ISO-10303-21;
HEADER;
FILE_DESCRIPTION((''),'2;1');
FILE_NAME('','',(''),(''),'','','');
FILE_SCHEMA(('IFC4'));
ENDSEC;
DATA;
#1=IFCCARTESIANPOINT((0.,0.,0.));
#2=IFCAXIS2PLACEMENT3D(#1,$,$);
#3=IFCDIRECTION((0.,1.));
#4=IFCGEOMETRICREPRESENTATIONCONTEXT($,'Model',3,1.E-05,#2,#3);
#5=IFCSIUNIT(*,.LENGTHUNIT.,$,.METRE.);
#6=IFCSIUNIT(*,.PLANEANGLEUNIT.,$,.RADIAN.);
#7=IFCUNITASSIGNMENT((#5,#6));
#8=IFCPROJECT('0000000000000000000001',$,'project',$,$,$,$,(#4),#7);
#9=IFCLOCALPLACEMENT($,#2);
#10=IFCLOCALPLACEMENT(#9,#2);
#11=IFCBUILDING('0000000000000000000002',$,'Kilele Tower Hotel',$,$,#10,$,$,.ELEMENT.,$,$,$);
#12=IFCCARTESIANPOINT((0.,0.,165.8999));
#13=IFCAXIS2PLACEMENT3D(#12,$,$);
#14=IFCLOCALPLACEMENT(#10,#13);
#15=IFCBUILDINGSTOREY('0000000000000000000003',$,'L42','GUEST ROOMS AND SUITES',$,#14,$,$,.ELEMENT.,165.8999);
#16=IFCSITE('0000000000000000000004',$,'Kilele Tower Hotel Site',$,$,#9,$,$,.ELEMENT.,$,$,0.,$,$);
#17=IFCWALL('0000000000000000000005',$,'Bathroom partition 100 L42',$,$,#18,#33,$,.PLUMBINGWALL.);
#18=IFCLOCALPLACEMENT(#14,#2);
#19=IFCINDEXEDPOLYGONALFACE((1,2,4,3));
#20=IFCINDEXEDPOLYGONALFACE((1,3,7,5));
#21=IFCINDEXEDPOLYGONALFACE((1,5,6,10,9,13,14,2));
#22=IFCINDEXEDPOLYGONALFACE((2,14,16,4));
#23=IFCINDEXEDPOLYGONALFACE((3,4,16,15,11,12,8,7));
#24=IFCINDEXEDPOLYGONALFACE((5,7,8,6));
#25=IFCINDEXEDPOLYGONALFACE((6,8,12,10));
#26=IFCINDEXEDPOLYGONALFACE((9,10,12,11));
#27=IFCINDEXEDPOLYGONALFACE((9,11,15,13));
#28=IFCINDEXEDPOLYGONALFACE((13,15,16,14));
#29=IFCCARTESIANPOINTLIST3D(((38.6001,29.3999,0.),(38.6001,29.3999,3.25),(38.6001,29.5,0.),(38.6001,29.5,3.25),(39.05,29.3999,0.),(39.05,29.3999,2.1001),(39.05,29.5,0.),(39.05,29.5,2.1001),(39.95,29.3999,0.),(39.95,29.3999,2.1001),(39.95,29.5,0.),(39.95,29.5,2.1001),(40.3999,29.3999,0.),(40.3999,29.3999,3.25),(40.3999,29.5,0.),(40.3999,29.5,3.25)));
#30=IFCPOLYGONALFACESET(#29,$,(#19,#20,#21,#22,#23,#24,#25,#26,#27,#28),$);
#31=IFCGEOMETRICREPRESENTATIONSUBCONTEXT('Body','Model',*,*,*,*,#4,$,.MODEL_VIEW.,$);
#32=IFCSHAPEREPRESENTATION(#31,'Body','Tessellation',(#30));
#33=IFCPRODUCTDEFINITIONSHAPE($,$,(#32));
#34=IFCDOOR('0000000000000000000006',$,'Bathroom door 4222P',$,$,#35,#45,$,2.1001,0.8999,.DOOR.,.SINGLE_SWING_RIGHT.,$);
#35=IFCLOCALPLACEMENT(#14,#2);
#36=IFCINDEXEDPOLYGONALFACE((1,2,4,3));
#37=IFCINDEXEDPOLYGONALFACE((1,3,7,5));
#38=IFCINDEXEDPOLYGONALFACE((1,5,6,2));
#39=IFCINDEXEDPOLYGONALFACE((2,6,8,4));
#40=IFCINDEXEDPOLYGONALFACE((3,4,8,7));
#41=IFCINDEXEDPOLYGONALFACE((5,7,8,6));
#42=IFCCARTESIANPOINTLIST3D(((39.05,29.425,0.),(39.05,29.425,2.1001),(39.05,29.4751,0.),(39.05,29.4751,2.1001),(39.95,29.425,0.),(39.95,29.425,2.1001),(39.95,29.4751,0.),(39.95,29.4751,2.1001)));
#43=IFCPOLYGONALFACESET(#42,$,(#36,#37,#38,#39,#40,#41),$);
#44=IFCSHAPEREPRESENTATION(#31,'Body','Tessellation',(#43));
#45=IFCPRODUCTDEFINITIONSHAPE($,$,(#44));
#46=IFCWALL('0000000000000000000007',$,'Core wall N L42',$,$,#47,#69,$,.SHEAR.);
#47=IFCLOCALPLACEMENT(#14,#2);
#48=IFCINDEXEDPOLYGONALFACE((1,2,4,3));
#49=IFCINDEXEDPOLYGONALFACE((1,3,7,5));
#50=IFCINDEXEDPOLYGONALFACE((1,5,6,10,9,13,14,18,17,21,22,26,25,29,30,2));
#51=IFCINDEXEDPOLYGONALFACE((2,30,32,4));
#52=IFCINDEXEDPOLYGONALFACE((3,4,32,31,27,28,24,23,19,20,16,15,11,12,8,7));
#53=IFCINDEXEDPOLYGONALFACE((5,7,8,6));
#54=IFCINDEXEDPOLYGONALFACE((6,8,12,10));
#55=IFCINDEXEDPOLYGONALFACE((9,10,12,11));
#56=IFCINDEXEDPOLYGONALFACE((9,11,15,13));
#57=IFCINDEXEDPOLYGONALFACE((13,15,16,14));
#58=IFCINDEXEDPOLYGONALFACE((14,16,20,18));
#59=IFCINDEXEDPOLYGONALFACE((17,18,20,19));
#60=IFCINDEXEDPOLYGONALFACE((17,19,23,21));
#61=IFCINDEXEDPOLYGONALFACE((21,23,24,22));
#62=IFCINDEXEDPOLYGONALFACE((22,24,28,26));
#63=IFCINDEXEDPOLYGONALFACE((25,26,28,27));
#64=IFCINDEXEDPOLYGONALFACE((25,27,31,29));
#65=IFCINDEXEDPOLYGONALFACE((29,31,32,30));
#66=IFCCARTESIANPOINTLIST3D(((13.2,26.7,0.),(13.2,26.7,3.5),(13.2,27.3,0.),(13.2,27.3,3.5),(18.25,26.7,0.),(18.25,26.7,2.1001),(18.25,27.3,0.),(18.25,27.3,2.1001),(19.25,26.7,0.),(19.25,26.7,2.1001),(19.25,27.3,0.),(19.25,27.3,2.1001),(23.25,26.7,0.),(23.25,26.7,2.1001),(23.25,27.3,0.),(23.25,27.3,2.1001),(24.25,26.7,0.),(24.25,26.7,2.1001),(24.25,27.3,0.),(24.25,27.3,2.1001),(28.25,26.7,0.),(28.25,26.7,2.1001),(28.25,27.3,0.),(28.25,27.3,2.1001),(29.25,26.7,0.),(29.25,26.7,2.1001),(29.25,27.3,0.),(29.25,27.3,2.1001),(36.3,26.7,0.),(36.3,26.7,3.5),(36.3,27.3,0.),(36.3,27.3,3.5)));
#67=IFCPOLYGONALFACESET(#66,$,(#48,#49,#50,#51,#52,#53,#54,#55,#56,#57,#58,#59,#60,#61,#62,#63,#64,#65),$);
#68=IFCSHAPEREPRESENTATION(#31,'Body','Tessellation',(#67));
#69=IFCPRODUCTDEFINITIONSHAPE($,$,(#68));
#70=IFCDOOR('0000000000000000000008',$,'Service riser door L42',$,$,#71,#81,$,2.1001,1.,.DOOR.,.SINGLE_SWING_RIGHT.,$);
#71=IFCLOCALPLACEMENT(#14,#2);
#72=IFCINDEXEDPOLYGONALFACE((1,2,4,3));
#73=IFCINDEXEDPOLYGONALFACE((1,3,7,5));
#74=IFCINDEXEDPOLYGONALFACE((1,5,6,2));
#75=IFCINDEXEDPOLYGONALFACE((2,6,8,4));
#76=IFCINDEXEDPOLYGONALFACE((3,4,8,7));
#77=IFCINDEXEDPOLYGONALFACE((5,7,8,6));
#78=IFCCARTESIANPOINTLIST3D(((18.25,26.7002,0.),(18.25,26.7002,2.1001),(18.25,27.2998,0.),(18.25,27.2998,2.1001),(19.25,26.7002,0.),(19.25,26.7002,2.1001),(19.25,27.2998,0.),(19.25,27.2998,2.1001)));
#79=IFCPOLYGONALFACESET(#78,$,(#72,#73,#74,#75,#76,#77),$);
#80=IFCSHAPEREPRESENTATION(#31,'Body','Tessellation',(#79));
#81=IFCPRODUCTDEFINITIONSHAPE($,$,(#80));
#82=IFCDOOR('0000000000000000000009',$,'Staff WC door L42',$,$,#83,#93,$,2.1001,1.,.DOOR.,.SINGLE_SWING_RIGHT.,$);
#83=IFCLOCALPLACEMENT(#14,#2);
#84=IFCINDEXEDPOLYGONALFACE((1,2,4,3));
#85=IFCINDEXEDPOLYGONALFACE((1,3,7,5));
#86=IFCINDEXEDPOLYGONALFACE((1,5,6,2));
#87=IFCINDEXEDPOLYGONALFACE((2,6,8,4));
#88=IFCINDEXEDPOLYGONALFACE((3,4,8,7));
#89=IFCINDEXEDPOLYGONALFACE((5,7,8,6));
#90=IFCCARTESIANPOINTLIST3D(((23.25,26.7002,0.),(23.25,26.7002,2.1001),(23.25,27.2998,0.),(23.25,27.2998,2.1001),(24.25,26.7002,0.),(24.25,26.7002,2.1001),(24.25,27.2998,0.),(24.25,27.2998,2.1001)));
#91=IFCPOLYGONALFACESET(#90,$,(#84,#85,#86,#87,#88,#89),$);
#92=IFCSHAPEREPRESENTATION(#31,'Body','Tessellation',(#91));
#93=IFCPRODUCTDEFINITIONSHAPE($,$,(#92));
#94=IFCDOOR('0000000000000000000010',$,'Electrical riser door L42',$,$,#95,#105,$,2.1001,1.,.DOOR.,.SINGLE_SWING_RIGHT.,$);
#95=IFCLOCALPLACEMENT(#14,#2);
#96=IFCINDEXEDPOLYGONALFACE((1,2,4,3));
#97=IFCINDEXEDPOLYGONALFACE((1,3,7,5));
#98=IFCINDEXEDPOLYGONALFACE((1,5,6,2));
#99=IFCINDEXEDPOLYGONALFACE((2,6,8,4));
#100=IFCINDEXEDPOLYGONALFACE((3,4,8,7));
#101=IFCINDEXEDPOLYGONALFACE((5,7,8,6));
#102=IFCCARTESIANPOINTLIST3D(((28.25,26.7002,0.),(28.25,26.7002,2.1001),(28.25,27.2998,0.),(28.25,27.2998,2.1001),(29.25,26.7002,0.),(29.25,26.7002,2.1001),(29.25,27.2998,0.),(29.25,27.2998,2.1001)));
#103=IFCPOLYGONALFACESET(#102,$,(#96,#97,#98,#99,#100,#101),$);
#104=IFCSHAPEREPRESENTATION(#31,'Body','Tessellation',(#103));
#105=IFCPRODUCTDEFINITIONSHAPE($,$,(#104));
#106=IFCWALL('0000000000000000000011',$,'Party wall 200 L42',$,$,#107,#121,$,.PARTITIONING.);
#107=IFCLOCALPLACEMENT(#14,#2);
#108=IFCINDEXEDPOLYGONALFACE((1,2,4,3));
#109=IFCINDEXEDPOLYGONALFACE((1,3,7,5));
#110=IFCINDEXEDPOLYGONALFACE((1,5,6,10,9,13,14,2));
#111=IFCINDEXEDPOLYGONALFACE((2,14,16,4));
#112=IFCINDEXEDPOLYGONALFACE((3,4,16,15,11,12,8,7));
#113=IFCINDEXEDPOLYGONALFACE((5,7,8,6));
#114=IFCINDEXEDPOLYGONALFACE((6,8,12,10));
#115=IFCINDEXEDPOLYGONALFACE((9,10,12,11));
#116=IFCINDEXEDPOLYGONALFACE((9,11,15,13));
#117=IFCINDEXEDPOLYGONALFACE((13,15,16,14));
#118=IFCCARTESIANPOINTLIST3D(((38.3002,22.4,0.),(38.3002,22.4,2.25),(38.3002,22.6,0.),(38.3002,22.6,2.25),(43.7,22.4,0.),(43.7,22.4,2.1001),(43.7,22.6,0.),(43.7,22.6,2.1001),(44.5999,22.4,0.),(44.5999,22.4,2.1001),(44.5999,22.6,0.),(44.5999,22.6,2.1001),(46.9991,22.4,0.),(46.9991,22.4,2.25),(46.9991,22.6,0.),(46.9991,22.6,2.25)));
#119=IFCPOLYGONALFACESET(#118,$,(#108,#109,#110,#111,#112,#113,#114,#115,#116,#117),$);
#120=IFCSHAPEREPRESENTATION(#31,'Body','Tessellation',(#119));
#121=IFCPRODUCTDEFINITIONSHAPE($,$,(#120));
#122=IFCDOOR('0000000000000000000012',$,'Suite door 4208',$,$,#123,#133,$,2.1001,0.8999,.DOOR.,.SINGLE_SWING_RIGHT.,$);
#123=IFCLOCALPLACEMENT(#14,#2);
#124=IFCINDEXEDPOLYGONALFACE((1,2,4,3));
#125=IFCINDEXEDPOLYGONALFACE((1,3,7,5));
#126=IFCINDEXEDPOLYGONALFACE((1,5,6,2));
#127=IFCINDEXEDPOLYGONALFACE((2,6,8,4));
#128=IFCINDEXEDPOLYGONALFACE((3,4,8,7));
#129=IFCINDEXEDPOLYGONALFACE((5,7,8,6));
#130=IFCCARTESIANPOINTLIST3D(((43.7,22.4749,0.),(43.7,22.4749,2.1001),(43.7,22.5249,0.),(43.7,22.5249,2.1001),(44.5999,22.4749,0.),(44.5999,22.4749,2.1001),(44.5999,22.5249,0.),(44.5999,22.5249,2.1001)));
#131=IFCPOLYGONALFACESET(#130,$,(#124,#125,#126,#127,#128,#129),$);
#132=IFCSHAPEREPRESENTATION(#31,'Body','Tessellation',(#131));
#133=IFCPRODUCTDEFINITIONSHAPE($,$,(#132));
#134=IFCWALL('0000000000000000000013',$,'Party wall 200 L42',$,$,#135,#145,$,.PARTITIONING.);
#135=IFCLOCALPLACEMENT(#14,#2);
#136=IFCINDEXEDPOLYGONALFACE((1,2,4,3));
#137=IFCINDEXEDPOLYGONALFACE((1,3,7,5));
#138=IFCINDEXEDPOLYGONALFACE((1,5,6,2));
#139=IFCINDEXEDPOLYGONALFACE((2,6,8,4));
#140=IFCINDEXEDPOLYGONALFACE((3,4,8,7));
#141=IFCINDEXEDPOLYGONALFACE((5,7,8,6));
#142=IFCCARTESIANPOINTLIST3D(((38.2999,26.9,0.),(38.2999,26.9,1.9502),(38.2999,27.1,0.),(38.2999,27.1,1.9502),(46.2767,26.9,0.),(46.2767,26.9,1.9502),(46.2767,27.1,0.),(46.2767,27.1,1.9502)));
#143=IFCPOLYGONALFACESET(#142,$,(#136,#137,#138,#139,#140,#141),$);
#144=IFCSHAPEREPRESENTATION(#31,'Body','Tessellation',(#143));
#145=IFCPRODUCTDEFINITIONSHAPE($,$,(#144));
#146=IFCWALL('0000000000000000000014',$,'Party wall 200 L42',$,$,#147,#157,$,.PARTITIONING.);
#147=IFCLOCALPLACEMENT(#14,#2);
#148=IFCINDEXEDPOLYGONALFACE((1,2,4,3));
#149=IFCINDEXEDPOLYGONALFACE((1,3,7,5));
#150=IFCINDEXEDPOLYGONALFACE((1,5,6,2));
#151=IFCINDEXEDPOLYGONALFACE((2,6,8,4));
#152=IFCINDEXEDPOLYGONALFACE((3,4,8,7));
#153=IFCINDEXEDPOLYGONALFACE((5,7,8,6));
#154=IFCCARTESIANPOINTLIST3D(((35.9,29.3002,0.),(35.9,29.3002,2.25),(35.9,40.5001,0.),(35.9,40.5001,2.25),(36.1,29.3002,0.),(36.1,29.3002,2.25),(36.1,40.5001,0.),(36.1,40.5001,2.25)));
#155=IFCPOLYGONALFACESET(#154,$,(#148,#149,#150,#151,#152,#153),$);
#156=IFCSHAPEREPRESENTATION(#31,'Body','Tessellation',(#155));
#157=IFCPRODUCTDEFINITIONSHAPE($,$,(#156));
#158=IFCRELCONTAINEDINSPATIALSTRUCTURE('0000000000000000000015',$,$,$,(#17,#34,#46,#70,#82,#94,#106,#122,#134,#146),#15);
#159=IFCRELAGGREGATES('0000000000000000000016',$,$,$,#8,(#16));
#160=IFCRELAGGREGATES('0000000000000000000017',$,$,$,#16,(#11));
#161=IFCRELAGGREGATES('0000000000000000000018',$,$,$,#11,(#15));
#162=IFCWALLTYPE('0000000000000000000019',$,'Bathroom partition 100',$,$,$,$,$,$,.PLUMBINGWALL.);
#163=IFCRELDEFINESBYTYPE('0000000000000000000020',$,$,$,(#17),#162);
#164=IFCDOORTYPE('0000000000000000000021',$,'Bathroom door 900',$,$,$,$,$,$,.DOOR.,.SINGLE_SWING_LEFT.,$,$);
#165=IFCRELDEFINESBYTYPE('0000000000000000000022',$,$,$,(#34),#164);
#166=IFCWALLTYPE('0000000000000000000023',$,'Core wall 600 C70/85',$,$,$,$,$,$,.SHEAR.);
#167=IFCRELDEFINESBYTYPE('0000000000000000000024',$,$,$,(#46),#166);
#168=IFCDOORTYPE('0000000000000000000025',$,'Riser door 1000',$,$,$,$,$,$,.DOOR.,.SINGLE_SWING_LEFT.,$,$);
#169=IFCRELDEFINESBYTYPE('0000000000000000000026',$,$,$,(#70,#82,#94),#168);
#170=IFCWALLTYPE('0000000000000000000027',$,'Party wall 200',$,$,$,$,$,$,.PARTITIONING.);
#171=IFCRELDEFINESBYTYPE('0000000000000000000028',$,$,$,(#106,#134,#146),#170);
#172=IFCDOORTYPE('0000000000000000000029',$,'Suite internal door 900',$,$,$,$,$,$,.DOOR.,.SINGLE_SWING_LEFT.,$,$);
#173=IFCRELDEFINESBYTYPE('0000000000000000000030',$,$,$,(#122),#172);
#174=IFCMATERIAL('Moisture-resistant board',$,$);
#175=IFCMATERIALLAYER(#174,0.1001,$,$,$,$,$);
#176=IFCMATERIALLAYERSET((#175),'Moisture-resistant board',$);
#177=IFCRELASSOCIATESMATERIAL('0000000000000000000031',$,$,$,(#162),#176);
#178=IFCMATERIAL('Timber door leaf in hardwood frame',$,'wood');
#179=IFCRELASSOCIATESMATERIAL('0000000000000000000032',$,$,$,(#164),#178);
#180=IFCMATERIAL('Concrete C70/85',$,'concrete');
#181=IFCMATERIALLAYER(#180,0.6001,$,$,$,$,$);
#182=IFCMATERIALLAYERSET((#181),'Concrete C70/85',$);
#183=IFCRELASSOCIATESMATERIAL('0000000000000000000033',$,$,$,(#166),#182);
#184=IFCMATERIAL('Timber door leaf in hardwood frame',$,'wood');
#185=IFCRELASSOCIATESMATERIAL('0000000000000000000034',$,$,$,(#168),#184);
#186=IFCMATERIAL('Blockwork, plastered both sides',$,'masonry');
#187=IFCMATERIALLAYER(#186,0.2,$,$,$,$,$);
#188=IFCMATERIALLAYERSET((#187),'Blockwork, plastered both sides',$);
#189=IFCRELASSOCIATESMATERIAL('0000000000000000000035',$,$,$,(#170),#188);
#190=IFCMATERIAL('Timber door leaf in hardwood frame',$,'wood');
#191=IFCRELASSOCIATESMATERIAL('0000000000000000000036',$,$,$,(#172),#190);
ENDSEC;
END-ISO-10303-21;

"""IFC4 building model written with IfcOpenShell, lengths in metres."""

from ifc_helpers import new_model, si_unit, direction, frame, frame_2d, origin, place, context, subcontext, project, spatial, rectangle, extrude, material, layer, layer_set, type_object, element, fill, save


model = new_model("IFC4")

# Units and contexts
model_context = context("Model", 3, precision=1e-05, world=origin(), true_north=direction((0.0, 1.0)))
body_context = subcontext(model_context, "Body", "Model", "MODEL_VIEW")
ifc_project = project(units=[si_unit("LENGTHUNIT", "METRE"), si_unit("PLANEANGLEUNIT", "RADIAN")], contexts=[model_context])

# Site, building, storey
site_placement = place(None, origin())
site = spatial("IfcSite", under=ifc_project, at=site_placement, Name="Kilele Tower Hotel Site", CompositionType="ELEMENT", RefElevation=0.0)
building_placement = place(site_placement, origin())
building = spatial("IfcBuilding", under=site, at=building_placement, Name="Kilele Tower Hotel", CompositionType="ELEMENT")
storey_placement = place(building_placement, frame((0.0, 0.0, 165.8999)))
storey = spatial("IfcBuildingStorey", under=building, at=storey_placement, Name="L42", Description="GUEST ROOMS AND SUITES", CompositionType="ELEMENT", Elevation=165.8999)

# Shared definitions
ifc_material_1 = material(Name="Moisture-resistant board")
ifc_layer_1 = layer(ifc_material_1, 0.1001)
ifc_layer_set_1 = layer_set([ifc_layer_1], Name="Moisture-resistant board")
wall_type_1 = type_object("IfcWallType", Name="Bathroom partition 100", PredefinedType="PLUMBINGWALL", material=ifc_layer_set_1)
ifc_material_2 = material(Name="Timber door leaf in hardwood frame", Category="wood")
door_type_1 = type_object("IfcDoorType", Name="Bathroom door 900", OperationType="SINGLE_SWING_LEFT", PredefinedType="DOOR", material=ifc_material_2)

# Wall, opening, door
wall_1_placement = place(storey_placement, frame((38.6001, 29.45, 0.0), z_axis=(0.0, 0.0, 1.0), x_axis=(1.0, 0.0, 0.0)))
wall_1 = element("IfcWall", 1, at=wall_1_placement, inside=storey, type_object=wall_type_1, Name="Bathroom partition 100 L42", PredefinedType="PLUMBINGWALL", context=body_context, shape_type="SweptSolid", body=[
    extrude(rectangle(XDim=1.7998, YDim=0.1001, at=frame_2d((0.8999, 0.0))), origin(), (0.0, 0.0, 1.0), 3.25),
])
opening_1_placement = place(wall_1_placement, frame((1.3499, 0.0, 0.0), z_axis=(0.0, 0.0, 1.0), x_axis=(-1.0, 0.0, 0.0)))
opening_1 = element("IfcOpeningElement", 2, at=opening_1_placement, cuts=wall_1, PredefinedType="OPENING", context=body_context, shape_type="SweptSolid", body=[
    extrude(rectangle(XDim=0.8999, YDim=2.1001, at=frame_2d((0.45, 1.05))), frame((0.0, 0.0601, 0.0), z_axis=(0.0, -1.0, 0.0), x_axis=(1.0, 0.0, 0.0)), (0.0, 0.0, 1.0), 0.1201),
])
door_1_placement = place(opening_1_placement, origin())
door_1 = element("IfcDoor", 3, at=door_1_placement, inside=storey, type_object=door_type_1, Name="Bathroom door 4222P", OperationType="SINGLE_SWING_RIGHT", OverallHeight=2.1001, OverallWidth=0.8999, PredefinedType="DOOR", context=body_context, shape_type="SweptSolid", body=[
    extrude(rectangle(XDim=0.8999, YDim=2.1001, at=frame_2d((0.45, 1.05))), frame((0.0, 0.0249, 0.0), z_axis=(0.0, -1.0, 0.0), x_axis=(1.0, 0.0, 0.0)), (0.0, 0.0, 1.0), 0.05),
])
fill(opening_1, door_1)

# Wall, openings, doors
ifc_material_3 = material(Name="Concrete C70/85", Category="concrete")
ifc_layer_2 = layer(ifc_material_3, 0.6001)
ifc_layer_set_2 = layer_set([ifc_layer_2], Name="Concrete C70/85")
wall_type_2 = type_object("IfcWallType", Name="Core wall 600 C70/85", PredefinedType="SHEAR", material=ifc_layer_set_2)
wall_2_placement = place(storey_placement, frame((36.3, 27.0, 0.0), z_axis=(0.0, 0.0, 1.0), x_axis=(-1.0, 0.0, 0.0)))
wall_2 = element("IfcWall", 4, at=wall_2_placement, inside=storey, type_object=wall_type_2, Name="Core wall N L42", PredefinedType="SHEAR", context=body_context, shape_type="SweptSolid", body=[
    extrude(rectangle(XDim=23.1001, YDim=0.6001, at=frame_2d((11.55, 0.0))), origin(), (0.0, 0.0, 1.0), 3.5),
])
opening_2_placement = place(wall_2_placement, frame((17.05, 0.0, 0.0)))
opening_2 = element("IfcOpeningElement", 5, at=opening_2_placement, cuts=wall_2, PredefinedType="OPENING", context=body_context, shape_type="SweptSolid", body=[
    extrude(rectangle(XDim=1.0, YDim=2.1001, at=frame_2d((0.5, 1.05))), frame((0.0, 0.3101, 0.0), z_axis=(0.0, -1.0, 0.0), x_axis=(1.0, 0.0, 0.0)), (0.0, 0.0, 1.0), 0.6201),
])
opening_3_placement = place(wall_2_placement, frame((12.05, 0.0, 0.0)))
opening_3 = element("IfcOpeningElement", 6, at=opening_3_placement, cuts=wall_2, PredefinedType="OPENING", context=body_context, shape_type="SweptSolid", body=[
    extrude(rectangle(XDim=1.0, YDim=2.1001, at=frame_2d((0.5, 1.05))), frame((0.0, 0.3101, 0.0), z_axis=(0.0, -1.0, 0.0), x_axis=(1.0, 0.0, 0.0)), (0.0, 0.0, 1.0), 0.6201),
])
opening_4_placement = place(wall_2_placement, frame((7.05, 0.0, 0.0)))
opening_4 = element("IfcOpeningElement", 7, at=opening_4_placement, cuts=wall_2, PredefinedType="OPENING", context=body_context, shape_type="SweptSolid", body=[
    extrude(rectangle(XDim=1.0, YDim=2.1001, at=frame_2d((0.5, 1.05))), frame((0.0, 0.3101, 0.0), z_axis=(0.0, -1.0, 0.0), x_axis=(1.0, 0.0, 0.0)), (0.0, 0.0, 1.0), 0.6201),
])
ifc_material_4 = material(Name="Timber door leaf in hardwood frame", Category="wood")
door_type_2 = type_object("IfcDoorType", Name="Riser door 1000", OperationType="SINGLE_SWING_LEFT", PredefinedType="DOOR", material=ifc_material_4)
door_2_placement = place(opening_2_placement, origin())
door_2 = element("IfcDoor", 8, at=door_2_placement, inside=storey, type_object=door_type_2, Name="Service riser door L42", OperationType="SINGLE_SWING_RIGHT", OverallHeight=2.1001, OverallWidth=1.0, PredefinedType="DOOR", context=body_context, shape_type="SweptSolid", body=[
    extrude(rectangle(XDim=1.0, YDim=2.1001, at=frame_2d((0.5, 1.05))), frame((0.0, 0.2998, 0.0), z_axis=(0.0, -1.0, 0.0), x_axis=(1.0, 0.0, 0.0)), (0.0, 0.0, 1.0), 0.5996),
])
fill(opening_2, door_2)
door_3_placement = place(opening_3_placement, origin())
door_3 = element("IfcDoor", 9, at=door_3_placement, inside=storey, type_object=door_type_2, Name="Staff WC door L42", OperationType="SINGLE_SWING_RIGHT", OverallHeight=2.1001, OverallWidth=1.0, PredefinedType="DOOR", context=body_context, shape_type="SweptSolid", body=[
    extrude(rectangle(XDim=1.0, YDim=2.1001, at=frame_2d((0.5, 1.05))), frame((0.0, 0.2998, 0.0), z_axis=(0.0, -1.0, 0.0), x_axis=(1.0, 0.0, 0.0)), (0.0, 0.0, 1.0), 0.5996),
])
fill(opening_3, door_3)
door_4_placement = place(opening_4_placement, origin())
door_4 = element("IfcDoor", 10, at=door_4_placement, inside=storey, type_object=door_type_2, Name="Electrical riser door L42", OperationType="SINGLE_SWING_RIGHT", OverallHeight=2.1001, OverallWidth=1.0, PredefinedType="DOOR", context=body_context, shape_type="SweptSolid", body=[
    extrude(rectangle(XDim=1.0, YDim=2.1001, at=frame_2d((0.5, 1.05))), frame((0.0, 0.2998, 0.0), z_axis=(0.0, -1.0, 0.0), x_axis=(1.0, 0.0, 0.0)), (0.0, 0.0, 1.0), 0.5996),
])
fill(opening_4, door_4)

# Wall, opening, door
ifc_material_5 = material(Name="Blockwork, plastered both sides", Category="masonry")
ifc_layer_3 = layer(ifc_material_5, 0.2)
ifc_layer_set_3 = layer_set([ifc_layer_3], Name="Blockwork, plastered both sides")
wall_type_3 = type_object("IfcWallType", Name="Party wall 200", PredefinedType="PARTITIONING", material=ifc_layer_set_3)
wall_3_placement = place(storey_placement, frame((38.3, 22.5, 0.0), z_axis=(0.0, 0.0, 1.0), x_axis=(1.0, 0.0, 0.0)))
wall_3 = element("IfcWall", 11, at=wall_3_placement, inside=storey, type_object=wall_type_3, Name="Party wall 200 L42", PredefinedType="PARTITIONING", context=body_context, shape_type="SweptSolid", body=[
    extrude(rectangle(XDim=8.699, YDim=0.2, at=frame_2d((4.3496, 0.0))), origin(), (0.0, 0.0, 1.0), 2.25),
])
opening_5_placement = place(wall_3_placement, frame((5.3999, 0.0, 0.0)))
opening_5 = element("IfcOpeningElement", 12, at=opening_5_placement, cuts=wall_3, PredefinedType="OPENING", context=body_context, shape_type="SweptSolid", body=[
    extrude(rectangle(XDim=0.8999, YDim=2.1001, at=frame_2d((0.45, 1.05))), frame((0.0, 0.1099, 0.0), z_axis=(0.0, -1.0, 0.0), x_axis=(1.0, 0.0, 0.0)), (0.0, 0.0, 1.0), 0.22),
])
ifc_material_6 = material(Name="Timber door leaf in hardwood frame", Category="wood")
door_type_3 = type_object("IfcDoorType", Name="Suite internal door 900", OperationType="SINGLE_SWING_LEFT", PredefinedType="DOOR", material=ifc_material_6)
door_5_placement = place(opening_5_placement, origin())
door_5 = element("IfcDoor", 13, at=door_5_placement, inside=storey, type_object=door_type_3, Name="Suite door 4208", OperationType="SINGLE_SWING_RIGHT", OverallHeight=2.1001, OverallWidth=0.8999, PredefinedType="DOOR", context=body_context, shape_type="SweptSolid", body=[
    extrude(rectangle(XDim=0.8999, YDim=2.1001, at=frame_2d((0.45, 1.05))), frame((0.0, 0.0249, 0.0), z_axis=(0.0, -1.0, 0.0), x_axis=(1.0, 0.0, 0.0)), (0.0, 0.0, 1.0), 0.05),
])
fill(opening_5, door_5)

# Walls
wall_4_placement = place(storey_placement, frame((38.3, 27.0, 0.0), z_axis=(0.0, 0.0, 1.0), x_axis=(1.0, 0.0, 0.0)))
element("IfcWall", 14, at=wall_4_placement, inside=storey, type_object=wall_type_3, Name="Party wall 200 L42", PredefinedType="PARTITIONING", context=body_context, shape_type="SweptSolid", body=[
    extrude(rectangle(XDim=7.9768, YDim=0.2, at=frame_2d((3.9883, 0.0))), origin(), (0.0, 0.0, 1.0), 1.9502),
])
wall_5_placement = place(storey_placement, frame((36.0, 29.3, 0.0), z_axis=(0.0, 0.0, 1.0), x_axis=(0.0, 1.0, 0.0)))
element("IfcWall", 15, at=wall_5_placement, inside=storey, type_object=wall_type_3, Name="Party wall 200 L42", PredefinedType="PARTITIONING", context=body_context, shape_type="SweptSolid", body=[
    extrude(rectangle(XDim=11.2, YDim=0.2, at=frame_2d((5.6001, 0.0))), origin(), (0.0, 0.0, 1.0), 2.25),
])

save(model, "model.ifc")
